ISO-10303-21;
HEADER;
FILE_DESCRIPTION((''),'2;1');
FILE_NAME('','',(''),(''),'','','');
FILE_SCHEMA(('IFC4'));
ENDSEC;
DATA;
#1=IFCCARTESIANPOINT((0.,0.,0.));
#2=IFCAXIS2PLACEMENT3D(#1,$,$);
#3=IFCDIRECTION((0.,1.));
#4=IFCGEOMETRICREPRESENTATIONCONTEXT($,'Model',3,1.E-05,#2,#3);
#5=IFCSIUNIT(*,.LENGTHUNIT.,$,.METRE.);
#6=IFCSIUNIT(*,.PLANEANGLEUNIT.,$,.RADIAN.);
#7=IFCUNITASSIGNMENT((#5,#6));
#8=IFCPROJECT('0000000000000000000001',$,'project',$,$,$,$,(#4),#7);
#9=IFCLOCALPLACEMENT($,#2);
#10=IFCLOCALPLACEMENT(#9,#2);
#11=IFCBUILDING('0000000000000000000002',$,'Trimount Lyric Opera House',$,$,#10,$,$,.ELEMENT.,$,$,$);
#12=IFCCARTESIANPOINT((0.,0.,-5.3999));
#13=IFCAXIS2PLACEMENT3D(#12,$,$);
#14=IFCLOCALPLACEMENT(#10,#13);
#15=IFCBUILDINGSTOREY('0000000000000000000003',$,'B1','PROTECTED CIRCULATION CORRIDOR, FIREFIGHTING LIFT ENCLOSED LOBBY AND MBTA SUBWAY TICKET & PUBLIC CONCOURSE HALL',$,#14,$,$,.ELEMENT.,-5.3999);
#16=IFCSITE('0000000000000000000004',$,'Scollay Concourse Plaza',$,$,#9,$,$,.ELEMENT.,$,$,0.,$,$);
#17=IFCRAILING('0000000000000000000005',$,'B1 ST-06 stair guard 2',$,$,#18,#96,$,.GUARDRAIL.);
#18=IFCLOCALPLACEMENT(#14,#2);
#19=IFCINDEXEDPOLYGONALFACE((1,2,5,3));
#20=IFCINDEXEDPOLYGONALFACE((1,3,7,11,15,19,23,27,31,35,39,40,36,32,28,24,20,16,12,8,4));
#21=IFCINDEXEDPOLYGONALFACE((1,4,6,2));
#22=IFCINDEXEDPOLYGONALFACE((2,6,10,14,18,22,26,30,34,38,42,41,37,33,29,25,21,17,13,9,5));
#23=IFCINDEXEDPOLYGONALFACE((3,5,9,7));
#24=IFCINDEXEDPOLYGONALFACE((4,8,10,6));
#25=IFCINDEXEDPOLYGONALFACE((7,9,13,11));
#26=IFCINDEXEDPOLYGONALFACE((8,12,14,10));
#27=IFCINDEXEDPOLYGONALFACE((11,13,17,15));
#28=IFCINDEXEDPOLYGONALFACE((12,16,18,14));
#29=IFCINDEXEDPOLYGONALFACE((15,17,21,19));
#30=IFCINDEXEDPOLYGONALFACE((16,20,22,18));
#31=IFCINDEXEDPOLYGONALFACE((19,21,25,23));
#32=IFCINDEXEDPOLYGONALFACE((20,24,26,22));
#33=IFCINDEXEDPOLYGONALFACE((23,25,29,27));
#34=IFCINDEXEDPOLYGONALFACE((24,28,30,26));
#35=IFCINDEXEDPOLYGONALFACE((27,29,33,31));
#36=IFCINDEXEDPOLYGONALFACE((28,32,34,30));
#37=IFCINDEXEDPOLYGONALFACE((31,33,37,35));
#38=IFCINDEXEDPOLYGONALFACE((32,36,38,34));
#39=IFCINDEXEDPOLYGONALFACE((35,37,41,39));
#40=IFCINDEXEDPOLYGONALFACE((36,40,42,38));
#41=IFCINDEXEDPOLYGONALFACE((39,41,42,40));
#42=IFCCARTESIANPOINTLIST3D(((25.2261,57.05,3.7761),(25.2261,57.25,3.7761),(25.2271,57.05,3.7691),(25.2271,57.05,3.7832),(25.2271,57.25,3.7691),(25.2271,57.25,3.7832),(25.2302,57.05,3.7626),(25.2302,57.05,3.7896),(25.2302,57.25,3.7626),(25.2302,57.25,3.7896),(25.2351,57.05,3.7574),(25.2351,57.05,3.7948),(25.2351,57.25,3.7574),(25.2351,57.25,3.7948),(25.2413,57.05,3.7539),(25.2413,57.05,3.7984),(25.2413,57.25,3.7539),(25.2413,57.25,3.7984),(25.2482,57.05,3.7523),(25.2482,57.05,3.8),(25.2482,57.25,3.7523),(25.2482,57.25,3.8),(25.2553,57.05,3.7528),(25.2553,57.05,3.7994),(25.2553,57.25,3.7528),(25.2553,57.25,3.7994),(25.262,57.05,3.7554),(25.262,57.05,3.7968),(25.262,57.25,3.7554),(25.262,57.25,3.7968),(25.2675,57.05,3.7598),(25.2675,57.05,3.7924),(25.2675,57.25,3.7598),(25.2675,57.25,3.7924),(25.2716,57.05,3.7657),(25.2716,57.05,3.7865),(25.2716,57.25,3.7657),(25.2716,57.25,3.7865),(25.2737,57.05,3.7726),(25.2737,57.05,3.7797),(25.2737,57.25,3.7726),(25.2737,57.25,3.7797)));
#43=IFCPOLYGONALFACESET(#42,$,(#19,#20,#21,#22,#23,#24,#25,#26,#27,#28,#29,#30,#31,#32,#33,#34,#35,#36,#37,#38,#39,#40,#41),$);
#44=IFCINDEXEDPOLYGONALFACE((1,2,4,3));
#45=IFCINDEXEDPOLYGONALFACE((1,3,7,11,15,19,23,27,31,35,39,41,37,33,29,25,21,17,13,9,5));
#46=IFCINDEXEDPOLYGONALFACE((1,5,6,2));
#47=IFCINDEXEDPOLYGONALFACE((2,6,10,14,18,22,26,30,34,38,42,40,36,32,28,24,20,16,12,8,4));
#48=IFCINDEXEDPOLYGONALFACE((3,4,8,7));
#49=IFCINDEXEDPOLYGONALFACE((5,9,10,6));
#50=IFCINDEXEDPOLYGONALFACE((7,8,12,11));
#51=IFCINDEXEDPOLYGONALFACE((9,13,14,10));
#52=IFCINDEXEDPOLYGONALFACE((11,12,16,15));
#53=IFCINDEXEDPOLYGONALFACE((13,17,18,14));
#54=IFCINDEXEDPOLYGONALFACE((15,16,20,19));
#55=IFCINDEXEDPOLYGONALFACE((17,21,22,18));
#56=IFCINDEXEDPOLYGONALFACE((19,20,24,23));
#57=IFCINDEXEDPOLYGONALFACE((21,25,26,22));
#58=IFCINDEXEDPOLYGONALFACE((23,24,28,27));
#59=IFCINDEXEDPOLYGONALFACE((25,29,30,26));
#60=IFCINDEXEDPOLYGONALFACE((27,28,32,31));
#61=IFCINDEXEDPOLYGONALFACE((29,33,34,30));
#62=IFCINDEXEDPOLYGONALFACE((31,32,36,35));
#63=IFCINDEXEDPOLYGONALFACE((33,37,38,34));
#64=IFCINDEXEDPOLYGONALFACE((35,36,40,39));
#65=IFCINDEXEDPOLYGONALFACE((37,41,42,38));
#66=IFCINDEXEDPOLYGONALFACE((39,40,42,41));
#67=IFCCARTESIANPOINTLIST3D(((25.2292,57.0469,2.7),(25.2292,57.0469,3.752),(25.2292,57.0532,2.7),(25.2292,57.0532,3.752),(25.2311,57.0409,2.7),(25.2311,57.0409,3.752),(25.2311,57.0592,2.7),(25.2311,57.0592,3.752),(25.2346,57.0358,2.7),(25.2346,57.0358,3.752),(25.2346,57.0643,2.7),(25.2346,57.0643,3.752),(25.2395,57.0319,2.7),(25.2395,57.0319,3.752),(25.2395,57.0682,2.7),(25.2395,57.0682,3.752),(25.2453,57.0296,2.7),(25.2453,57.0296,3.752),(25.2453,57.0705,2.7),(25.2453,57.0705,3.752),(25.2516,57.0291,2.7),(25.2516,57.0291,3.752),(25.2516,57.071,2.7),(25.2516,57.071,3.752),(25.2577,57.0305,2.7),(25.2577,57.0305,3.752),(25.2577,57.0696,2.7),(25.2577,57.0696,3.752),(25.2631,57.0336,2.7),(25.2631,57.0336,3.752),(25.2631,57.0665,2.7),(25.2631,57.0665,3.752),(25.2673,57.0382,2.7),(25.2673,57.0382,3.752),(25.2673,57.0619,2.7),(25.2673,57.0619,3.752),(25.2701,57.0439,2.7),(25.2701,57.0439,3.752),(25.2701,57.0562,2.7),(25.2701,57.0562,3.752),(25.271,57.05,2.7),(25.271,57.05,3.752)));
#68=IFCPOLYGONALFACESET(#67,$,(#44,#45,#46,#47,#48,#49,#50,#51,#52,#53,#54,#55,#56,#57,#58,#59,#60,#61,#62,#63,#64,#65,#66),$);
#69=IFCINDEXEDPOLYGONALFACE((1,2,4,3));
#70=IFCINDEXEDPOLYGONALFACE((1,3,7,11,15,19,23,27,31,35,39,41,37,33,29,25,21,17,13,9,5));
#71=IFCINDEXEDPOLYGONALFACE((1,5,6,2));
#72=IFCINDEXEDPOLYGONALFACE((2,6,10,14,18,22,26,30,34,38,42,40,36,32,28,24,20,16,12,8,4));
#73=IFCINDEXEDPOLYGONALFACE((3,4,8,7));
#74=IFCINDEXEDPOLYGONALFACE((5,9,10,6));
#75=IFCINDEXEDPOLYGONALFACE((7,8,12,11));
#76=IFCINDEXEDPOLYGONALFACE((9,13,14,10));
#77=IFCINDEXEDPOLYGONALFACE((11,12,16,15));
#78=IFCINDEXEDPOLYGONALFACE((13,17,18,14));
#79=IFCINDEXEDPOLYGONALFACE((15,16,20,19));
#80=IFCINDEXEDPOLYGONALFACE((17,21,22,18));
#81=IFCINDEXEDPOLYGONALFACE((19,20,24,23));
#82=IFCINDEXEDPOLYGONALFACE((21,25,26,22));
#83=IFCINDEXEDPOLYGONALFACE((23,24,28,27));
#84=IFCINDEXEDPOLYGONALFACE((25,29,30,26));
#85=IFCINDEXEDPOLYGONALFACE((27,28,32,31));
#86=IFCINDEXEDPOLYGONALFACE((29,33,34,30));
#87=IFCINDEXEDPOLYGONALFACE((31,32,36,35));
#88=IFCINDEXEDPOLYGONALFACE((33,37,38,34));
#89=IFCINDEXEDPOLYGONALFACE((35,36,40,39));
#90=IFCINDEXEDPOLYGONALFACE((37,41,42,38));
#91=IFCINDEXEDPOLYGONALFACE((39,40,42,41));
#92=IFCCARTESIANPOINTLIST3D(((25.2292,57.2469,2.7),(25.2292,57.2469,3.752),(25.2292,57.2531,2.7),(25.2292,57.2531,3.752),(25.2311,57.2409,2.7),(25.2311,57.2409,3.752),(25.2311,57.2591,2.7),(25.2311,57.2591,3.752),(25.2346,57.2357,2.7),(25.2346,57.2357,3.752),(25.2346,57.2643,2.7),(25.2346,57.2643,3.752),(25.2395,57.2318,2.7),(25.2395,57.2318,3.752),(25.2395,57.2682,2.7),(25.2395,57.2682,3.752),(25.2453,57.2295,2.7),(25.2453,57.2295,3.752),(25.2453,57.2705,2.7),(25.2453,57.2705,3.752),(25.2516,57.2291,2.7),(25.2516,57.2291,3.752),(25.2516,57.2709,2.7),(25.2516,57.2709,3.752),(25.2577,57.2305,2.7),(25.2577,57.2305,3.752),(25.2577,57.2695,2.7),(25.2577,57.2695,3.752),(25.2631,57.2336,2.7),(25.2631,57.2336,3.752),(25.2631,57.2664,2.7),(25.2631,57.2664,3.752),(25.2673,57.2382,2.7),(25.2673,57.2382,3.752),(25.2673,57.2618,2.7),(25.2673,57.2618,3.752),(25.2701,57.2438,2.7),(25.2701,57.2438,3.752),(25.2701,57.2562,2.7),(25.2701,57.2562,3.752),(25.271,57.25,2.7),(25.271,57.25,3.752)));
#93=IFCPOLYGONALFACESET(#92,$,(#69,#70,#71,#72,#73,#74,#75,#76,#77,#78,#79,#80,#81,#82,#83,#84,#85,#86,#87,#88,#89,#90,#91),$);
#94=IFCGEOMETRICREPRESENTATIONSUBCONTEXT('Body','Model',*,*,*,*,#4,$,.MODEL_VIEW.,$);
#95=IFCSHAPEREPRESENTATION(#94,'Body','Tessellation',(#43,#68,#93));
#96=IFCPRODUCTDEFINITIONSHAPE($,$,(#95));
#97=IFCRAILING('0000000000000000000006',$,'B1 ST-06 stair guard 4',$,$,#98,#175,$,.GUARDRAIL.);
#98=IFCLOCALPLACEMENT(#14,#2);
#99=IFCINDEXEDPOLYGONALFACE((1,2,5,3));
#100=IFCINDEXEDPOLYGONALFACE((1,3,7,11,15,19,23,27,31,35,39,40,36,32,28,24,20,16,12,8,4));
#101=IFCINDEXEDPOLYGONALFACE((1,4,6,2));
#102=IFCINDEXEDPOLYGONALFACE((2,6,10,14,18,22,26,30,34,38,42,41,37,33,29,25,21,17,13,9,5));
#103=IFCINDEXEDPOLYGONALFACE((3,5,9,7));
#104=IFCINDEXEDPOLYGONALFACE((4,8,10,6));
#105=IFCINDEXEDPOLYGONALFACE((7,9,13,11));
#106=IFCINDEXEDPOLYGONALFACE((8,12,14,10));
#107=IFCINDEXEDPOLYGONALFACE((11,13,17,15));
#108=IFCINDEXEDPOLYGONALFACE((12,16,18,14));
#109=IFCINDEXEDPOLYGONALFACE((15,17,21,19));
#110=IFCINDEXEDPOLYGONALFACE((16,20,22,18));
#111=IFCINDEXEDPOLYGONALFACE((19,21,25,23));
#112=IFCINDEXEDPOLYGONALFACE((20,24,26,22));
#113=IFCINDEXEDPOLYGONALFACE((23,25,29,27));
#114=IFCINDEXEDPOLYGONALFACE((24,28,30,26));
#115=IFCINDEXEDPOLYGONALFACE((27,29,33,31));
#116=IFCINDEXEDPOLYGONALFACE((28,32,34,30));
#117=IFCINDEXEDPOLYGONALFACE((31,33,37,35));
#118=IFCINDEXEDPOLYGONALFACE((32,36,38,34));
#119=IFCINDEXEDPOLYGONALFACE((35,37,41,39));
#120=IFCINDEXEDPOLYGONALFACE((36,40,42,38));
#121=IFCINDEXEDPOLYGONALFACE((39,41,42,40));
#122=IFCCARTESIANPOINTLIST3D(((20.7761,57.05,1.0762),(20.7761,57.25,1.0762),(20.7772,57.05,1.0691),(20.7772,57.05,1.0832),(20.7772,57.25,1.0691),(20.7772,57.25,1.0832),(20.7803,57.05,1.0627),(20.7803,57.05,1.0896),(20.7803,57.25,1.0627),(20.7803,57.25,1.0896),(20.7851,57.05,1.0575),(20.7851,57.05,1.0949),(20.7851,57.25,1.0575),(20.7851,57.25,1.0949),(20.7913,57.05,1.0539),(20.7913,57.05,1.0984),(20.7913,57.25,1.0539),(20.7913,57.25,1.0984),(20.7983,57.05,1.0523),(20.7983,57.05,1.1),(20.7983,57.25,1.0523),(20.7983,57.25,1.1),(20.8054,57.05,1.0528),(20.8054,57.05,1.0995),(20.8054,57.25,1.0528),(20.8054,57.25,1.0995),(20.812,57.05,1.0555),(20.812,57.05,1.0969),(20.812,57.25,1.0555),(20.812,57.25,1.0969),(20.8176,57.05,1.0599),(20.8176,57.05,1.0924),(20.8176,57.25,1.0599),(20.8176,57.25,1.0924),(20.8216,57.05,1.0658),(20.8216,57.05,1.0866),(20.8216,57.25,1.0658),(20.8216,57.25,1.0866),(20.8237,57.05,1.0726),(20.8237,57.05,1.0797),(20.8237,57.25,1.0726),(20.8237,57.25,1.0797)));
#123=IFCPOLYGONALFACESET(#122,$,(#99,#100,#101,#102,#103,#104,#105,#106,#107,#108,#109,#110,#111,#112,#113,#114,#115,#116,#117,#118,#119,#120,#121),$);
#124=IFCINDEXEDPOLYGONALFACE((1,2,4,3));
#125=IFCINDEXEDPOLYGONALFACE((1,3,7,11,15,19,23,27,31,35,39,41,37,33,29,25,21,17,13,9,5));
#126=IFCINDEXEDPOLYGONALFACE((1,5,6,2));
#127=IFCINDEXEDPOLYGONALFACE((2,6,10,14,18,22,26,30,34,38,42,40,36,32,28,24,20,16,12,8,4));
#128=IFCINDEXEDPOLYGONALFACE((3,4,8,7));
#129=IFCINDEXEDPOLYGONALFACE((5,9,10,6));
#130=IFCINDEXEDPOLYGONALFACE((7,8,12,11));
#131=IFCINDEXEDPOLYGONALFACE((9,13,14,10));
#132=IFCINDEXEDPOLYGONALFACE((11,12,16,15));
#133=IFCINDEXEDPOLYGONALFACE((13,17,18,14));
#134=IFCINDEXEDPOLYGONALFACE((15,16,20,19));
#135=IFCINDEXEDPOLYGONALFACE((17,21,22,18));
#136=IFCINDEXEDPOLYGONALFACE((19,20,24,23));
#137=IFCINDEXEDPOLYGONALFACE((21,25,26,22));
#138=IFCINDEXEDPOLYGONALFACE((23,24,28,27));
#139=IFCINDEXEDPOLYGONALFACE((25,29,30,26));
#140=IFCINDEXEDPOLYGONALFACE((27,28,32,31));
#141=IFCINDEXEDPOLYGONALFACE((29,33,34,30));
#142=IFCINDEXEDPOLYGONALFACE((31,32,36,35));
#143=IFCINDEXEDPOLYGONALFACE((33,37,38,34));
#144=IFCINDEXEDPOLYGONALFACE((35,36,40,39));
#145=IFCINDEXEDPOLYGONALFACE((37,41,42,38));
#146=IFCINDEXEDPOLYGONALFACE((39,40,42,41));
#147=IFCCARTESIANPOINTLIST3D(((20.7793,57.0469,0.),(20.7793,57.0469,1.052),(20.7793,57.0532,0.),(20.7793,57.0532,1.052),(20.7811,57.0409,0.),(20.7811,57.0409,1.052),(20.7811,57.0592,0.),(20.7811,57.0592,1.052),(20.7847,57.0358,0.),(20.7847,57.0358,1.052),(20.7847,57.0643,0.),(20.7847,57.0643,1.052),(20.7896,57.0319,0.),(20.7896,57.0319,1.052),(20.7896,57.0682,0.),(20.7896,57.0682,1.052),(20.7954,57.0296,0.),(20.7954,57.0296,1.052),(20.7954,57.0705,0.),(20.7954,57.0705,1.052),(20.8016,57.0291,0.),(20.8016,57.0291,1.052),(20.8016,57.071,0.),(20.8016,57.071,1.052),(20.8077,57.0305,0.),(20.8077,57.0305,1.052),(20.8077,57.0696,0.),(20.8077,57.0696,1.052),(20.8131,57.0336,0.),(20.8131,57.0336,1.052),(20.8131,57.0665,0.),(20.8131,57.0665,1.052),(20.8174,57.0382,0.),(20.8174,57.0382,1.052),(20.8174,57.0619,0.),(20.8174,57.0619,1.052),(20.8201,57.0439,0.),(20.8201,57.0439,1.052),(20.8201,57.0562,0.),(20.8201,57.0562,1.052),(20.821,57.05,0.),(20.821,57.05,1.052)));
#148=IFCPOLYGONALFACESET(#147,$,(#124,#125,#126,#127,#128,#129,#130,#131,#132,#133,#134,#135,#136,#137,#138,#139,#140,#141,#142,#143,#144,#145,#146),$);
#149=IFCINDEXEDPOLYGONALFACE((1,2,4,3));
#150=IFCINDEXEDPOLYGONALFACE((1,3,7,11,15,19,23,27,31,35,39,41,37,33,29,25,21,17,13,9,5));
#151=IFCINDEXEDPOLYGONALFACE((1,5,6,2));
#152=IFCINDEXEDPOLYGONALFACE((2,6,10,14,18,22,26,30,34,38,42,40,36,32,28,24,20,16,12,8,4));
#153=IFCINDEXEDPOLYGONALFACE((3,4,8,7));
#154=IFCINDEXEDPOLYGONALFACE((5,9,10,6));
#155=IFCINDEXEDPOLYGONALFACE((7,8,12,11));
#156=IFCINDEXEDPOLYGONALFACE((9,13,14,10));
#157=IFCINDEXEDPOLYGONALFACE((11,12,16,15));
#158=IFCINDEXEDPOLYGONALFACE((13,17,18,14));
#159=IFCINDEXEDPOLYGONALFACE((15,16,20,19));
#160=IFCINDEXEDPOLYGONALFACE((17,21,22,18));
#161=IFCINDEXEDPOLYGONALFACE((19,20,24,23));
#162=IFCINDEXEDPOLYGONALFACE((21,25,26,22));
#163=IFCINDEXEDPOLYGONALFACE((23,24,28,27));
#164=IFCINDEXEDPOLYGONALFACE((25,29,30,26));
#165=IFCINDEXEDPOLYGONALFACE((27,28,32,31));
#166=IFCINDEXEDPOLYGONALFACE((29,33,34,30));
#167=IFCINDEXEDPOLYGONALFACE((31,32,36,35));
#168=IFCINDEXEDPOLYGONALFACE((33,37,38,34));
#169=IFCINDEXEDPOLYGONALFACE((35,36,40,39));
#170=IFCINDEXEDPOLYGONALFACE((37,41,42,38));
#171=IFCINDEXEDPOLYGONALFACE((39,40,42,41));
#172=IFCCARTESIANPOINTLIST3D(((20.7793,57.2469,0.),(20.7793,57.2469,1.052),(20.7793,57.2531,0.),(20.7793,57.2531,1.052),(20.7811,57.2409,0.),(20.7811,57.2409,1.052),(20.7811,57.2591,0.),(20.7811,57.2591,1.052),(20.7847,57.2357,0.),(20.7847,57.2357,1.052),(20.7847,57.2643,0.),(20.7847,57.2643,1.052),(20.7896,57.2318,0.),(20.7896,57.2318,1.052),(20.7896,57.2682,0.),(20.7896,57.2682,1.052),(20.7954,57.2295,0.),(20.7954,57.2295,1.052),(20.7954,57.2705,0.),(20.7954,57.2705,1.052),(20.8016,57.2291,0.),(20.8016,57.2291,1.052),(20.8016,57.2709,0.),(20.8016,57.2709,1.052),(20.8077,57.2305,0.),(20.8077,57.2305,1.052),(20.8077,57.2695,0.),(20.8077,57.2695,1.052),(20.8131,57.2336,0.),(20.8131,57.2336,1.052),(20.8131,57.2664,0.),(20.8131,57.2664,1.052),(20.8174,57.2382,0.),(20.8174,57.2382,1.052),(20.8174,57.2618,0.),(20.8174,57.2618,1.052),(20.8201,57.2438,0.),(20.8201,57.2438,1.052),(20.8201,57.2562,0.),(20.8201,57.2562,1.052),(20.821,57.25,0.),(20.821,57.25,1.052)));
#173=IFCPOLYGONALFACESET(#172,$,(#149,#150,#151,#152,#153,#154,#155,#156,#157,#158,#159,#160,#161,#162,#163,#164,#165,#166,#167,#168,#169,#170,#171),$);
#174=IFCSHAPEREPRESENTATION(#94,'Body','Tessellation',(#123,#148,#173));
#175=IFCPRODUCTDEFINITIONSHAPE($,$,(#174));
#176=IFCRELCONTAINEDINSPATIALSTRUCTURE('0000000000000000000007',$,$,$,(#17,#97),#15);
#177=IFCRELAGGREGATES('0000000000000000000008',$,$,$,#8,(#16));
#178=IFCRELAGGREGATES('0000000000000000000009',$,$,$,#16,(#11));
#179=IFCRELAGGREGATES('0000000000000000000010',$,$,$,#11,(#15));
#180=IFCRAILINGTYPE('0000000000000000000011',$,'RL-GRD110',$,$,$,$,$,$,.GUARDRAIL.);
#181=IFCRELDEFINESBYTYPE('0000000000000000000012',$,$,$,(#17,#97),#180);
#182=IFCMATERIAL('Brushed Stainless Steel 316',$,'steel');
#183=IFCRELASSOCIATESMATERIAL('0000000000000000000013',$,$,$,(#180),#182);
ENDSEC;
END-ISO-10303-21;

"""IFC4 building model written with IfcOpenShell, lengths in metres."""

from ifc_helpers import new_model, si_unit, direction, frame, origin, origin_2d, place, context, subcontext, project, spatial, circle, extrude, material, type_object, element, save


model = new_model("IFC4")

# Units and contexts
model_context = context("Model", 3, precision=1e-05, world=origin(), true_north=direction((0.0, 1.0)))
body_context = subcontext(model_context, "Body", "Model", "MODEL_VIEW")
ifc_project = project(units=[si_unit("LENGTHUNIT", "METRE"), si_unit("PLANEANGLEUNIT", "RADIAN")], contexts=[model_context])

# Site, building, storey
site_placement = place(None, origin())
site = spatial("IfcSite", under=ifc_project, at=site_placement, Name="Scollay Concourse Plaza", CompositionType="ELEMENT", RefElevation=0.0)
building_placement = place(site_placement, origin())
building = spatial("IfcBuilding", under=site, at=building_placement, Name="Trimount Lyric Opera House", CompositionType="ELEMENT")
storey_placement = place(building_placement, frame((0.0, 0.0, -5.3999)))
storey = spatial("IfcBuildingStorey", under=building, at=storey_placement, Name="B1", Description="PROTECTED CIRCULATION CORRIDOR, FIREFIGHTING LIFT ENCLOSED LOBBY AND MBTA SUBWAY TICKET & PUBLIC CONCOURSE HALL", CompositionType="ELEMENT", Elevation=-5.3999)

# Railings
ifc_material_1 = material(Name="Brushed Stainless Steel 316", Category="steel")
railing_type_1 = type_object("IfcRailingType", Name="RL-GRD110", PredefinedType="GUARDRAIL", material=ifc_material_1)
for number, where, name in (
    (1, (25.25, 57.05, 2.7), "B1 ST-06 stair guard 2"),
    (2, (20.8, 57.05, 0.0), "B1 ST-06 stair guard 4"),
):
    element("IfcRailing", number, at=place(storey_placement, frame(where)), inside=storey, type_object=railing_type_1, Name=name, PredefinedType="GUARDRAIL", context=body_context, shape_type="SweptSolid", body=[
        extrude(circle(Radius=0.0239, at=origin_2d()), frame((0.0, 0.0, 1.0762), z_axis=(0.0, 1.0, 0.0), x_axis=(-1.0, 0.0, 0.0)), (0.0, 0.0, 1.0), 0.2),
        extrude(circle(Radius=0.021, at=origin_2d()), origin(), (0.0, 0.0, 1.0), 1.052),
        extrude(circle(Radius=0.021, at=origin_2d()), frame((0.0, 0.2, 0.0)), (0.0, 0.0, 1.0), 1.052),
    ])

save(model, "model.ifc")
